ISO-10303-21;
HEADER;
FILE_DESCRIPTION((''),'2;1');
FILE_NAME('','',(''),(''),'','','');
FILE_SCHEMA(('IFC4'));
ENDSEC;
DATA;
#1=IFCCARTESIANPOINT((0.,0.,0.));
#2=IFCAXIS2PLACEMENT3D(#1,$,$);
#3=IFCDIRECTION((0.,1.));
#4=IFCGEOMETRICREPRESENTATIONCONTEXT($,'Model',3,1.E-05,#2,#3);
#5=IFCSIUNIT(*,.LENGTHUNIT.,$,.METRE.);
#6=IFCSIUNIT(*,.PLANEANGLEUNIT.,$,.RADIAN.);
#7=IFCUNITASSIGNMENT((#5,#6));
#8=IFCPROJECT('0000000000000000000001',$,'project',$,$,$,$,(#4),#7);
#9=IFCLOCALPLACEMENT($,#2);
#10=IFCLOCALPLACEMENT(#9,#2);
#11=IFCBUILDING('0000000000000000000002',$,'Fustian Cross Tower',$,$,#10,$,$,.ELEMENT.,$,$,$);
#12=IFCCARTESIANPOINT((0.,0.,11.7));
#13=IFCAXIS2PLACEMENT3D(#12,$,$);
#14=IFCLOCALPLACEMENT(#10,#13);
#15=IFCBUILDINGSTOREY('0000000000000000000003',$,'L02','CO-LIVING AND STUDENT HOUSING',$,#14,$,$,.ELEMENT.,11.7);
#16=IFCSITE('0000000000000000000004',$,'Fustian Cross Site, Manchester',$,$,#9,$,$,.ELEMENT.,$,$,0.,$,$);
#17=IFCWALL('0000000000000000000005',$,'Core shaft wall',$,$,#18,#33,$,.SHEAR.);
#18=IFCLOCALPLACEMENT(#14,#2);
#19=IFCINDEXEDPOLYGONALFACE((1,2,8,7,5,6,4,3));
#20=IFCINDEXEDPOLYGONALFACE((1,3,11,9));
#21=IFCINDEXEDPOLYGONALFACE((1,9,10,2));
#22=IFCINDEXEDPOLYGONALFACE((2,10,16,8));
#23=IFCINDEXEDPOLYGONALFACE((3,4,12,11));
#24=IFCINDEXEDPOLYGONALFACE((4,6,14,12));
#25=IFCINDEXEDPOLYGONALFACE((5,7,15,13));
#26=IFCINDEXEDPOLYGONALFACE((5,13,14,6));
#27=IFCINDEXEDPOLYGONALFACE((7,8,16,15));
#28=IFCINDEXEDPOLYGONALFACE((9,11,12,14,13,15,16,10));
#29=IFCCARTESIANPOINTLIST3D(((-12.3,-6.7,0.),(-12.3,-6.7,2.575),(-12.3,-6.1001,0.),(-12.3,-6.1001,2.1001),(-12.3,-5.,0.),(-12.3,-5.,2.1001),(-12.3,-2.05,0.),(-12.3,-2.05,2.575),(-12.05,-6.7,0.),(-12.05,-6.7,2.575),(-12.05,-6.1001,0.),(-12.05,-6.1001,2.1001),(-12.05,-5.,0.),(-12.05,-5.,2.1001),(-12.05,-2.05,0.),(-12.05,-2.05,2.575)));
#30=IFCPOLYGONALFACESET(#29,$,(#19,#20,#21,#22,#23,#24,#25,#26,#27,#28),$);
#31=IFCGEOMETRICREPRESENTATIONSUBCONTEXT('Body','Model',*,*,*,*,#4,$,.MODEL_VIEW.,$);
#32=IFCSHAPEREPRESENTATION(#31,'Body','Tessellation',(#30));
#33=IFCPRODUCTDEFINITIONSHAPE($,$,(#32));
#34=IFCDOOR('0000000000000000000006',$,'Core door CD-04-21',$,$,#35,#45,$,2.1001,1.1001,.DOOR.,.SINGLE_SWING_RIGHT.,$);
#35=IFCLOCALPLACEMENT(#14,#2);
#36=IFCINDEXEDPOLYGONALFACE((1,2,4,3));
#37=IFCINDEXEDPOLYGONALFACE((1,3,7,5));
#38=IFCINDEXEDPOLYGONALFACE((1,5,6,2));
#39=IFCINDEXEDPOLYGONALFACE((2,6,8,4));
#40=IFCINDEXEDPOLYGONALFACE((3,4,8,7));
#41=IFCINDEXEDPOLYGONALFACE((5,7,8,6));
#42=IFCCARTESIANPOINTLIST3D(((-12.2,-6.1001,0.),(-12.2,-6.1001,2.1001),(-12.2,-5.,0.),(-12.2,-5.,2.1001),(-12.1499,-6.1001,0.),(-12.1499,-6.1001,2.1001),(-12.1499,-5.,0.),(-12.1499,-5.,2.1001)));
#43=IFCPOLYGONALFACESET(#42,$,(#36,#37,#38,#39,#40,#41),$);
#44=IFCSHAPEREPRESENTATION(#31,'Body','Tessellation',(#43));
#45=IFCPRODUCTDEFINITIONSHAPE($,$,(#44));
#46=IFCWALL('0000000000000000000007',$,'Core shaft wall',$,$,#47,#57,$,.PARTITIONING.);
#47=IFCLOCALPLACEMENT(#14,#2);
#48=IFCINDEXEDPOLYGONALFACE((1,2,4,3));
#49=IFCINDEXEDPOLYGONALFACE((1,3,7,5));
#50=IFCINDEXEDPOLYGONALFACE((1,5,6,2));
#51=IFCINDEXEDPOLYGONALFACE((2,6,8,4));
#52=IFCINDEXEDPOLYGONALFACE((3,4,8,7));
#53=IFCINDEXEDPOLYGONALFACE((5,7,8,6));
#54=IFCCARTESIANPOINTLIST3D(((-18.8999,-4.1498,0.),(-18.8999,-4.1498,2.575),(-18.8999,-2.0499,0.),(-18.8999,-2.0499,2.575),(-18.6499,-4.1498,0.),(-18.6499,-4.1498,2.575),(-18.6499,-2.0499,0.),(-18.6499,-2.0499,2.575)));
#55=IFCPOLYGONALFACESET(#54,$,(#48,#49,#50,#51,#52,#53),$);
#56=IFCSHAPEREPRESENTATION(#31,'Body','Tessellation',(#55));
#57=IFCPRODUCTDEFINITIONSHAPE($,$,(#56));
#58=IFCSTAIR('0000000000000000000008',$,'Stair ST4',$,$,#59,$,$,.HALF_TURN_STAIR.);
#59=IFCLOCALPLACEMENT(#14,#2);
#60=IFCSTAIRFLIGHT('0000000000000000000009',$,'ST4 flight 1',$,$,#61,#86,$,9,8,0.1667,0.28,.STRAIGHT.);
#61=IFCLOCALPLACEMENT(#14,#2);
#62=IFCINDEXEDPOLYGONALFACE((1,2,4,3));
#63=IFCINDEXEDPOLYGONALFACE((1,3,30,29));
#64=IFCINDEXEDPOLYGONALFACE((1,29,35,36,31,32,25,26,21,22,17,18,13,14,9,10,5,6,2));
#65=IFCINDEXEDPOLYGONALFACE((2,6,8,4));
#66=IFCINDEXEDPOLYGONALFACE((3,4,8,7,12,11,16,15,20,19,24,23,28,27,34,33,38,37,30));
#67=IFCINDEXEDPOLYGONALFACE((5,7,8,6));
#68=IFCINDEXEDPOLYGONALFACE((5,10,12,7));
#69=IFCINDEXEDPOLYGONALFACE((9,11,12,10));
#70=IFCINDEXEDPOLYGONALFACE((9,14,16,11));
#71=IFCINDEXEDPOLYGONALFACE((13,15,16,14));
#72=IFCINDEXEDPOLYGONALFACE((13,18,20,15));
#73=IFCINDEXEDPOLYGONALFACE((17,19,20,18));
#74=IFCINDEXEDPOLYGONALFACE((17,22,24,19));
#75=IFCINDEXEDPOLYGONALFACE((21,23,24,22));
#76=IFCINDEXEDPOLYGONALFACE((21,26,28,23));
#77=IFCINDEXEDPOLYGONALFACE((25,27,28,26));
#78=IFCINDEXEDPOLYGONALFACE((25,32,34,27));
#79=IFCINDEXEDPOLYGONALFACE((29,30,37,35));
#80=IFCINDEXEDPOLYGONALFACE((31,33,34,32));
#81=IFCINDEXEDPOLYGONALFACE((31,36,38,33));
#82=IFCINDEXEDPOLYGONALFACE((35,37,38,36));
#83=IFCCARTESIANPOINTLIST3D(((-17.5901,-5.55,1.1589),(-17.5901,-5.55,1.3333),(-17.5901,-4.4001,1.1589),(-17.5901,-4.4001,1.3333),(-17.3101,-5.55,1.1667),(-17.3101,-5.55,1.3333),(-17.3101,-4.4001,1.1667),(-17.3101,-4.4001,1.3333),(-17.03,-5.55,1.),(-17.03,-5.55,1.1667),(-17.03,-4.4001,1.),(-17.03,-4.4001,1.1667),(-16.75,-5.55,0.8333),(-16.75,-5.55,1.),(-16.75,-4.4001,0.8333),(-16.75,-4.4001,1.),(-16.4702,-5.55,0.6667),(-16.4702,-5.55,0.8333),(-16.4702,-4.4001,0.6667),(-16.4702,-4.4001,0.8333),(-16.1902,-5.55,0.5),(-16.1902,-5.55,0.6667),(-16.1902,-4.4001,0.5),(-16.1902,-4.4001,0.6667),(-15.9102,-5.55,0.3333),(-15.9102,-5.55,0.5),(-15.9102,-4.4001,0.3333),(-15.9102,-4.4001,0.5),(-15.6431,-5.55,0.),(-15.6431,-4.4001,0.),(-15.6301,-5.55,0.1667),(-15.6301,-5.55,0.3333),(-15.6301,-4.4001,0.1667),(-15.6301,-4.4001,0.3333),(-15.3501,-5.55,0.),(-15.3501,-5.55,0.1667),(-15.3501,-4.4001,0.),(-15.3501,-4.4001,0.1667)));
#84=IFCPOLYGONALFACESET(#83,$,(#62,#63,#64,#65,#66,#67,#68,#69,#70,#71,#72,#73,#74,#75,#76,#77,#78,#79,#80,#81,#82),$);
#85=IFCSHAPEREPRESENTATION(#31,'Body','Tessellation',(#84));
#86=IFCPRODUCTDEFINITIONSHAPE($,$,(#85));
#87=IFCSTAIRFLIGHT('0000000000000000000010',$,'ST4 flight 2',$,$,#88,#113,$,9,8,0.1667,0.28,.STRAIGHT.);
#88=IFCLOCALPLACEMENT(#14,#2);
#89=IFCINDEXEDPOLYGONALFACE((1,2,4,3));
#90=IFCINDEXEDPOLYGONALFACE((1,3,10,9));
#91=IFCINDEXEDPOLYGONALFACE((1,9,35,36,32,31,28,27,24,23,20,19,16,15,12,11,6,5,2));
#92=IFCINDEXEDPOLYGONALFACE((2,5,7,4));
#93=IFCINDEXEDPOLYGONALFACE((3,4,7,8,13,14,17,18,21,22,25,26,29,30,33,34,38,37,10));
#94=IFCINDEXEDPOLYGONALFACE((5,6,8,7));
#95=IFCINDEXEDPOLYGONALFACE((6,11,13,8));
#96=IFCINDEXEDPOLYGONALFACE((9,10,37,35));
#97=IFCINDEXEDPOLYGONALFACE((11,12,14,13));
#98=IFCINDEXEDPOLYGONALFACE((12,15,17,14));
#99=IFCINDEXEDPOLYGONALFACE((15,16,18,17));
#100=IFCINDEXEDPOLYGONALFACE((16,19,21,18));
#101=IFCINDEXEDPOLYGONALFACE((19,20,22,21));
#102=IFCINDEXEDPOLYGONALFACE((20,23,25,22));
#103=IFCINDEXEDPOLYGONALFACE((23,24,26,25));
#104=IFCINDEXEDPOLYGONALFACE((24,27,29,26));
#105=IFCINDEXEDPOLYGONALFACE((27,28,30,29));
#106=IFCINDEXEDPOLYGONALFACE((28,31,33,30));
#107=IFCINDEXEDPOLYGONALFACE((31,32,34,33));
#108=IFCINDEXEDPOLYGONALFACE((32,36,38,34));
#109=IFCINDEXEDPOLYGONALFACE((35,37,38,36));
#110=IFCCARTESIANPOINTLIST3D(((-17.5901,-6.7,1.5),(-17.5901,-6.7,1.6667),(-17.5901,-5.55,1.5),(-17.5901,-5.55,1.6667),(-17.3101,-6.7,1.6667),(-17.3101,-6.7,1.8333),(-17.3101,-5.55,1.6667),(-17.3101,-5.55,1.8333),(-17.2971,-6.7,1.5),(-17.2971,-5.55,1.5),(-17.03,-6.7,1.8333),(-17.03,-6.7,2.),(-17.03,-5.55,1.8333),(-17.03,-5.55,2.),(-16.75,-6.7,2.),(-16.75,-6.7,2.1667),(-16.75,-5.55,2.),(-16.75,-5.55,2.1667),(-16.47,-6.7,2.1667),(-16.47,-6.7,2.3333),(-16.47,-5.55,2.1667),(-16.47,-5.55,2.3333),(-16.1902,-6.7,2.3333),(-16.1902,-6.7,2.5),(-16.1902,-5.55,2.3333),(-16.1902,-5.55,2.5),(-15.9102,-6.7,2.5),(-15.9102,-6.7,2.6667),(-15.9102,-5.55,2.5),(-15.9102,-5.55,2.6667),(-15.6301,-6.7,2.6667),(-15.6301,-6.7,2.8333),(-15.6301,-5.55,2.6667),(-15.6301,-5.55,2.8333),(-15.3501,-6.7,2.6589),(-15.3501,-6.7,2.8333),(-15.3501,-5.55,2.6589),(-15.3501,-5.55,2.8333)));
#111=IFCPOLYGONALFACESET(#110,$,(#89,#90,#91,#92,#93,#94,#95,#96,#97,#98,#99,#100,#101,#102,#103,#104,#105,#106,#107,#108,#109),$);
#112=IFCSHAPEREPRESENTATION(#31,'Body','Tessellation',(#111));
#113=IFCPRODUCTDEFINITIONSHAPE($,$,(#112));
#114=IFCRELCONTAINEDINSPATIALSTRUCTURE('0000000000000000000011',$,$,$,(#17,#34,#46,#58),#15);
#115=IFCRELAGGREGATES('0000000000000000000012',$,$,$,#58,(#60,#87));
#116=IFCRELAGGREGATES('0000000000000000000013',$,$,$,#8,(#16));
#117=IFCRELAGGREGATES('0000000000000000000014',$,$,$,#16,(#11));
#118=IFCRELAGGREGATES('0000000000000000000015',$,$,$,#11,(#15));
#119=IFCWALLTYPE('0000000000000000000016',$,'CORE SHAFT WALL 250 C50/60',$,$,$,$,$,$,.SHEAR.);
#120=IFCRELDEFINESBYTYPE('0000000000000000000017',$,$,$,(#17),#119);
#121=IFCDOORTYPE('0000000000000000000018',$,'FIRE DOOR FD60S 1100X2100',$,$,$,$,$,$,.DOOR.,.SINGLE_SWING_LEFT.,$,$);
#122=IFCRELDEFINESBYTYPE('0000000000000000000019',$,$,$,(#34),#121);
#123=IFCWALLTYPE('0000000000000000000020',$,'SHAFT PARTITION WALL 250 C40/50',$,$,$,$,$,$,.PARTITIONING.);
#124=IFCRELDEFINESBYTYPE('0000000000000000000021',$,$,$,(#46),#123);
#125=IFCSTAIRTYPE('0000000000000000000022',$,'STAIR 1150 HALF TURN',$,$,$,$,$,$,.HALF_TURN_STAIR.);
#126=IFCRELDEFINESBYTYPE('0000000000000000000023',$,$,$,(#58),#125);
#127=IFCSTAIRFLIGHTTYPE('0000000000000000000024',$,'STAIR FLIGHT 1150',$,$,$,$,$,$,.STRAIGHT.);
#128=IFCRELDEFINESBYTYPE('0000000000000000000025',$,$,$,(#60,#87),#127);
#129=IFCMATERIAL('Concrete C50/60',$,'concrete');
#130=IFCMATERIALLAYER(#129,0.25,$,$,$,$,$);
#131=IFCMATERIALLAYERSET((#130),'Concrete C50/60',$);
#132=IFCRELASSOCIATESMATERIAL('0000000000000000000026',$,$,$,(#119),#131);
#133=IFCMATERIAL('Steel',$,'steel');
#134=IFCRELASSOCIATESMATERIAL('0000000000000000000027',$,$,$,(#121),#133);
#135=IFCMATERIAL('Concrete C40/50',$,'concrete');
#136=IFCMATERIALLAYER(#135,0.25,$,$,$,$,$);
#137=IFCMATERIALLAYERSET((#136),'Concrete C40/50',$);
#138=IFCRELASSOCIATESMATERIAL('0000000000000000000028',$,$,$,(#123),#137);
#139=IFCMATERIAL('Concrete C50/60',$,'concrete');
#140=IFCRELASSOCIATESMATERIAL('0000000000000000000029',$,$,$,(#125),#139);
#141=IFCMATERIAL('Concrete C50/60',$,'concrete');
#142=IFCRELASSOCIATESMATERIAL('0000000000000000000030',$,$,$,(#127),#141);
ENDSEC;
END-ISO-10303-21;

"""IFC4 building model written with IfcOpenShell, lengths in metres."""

from ifc_helpers import new_model, si_unit, direction, frame, frame_2d, origin, place, context, subcontext, project, spatial, polyline, rectangle, outline, extrude, material, layer, layer_set, type_object, element, fill, aggregate, save


model = new_model("IFC4")

# Units and contexts
model_context = context("Model", 3, precision=1e-05, world=origin(), true_north=direction((0.0, 1.0)))
body_context = subcontext(model_context, "Body", "Model", "MODEL_VIEW")
ifc_project = project(units=[si_unit("LENGTHUNIT", "METRE"), si_unit("PLANEANGLEUNIT", "RADIAN")], contexts=[model_context])

# Site, building, storey
site_placement = place(None, origin())
site = spatial("IfcSite", under=ifc_project, at=site_placement, Name="Fustian Cross Site, Manchester", CompositionType="ELEMENT", RefElevation=0.0)
building_placement = place(site_placement, origin())
building = spatial("IfcBuilding", under=site, at=building_placement, Name="Fustian Cross Tower", CompositionType="ELEMENT")
storey_placement = place(building_placement, frame((0.0, 0.0, 11.7)))
storey = spatial("IfcBuildingStorey", under=building, at=storey_placement, Name="L02", Description="CO-LIVING AND STUDENT HOUSING", CompositionType="ELEMENT", Elevation=11.7)

# Shared definitions
ifc_material_1 = material(Name="Concrete C50/60", Category="concrete")
ifc_layer_1 = layer(ifc_material_1, 0.25)
ifc_layer_set_1 = layer_set([ifc_layer_1], Name="Concrete C50/60")
wall_type_1 = type_object("IfcWallType", Name="CORE SHAFT WALL 250 C50/60", PredefinedType="SHEAR", material=ifc_layer_set_1)

# Wall, opening, door
wall_1_placement = place(storey_placement, frame((-12.175, -2.05, 0.0), z_axis=(0.0, 0.0, 1.0), x_axis=(0.0, -1.0, 0.0)))
wall_1 = element("IfcWall", 1, at=wall_1_placement, inside=storey, type_object=wall_type_1, Name="Core shaft wall", PredefinedType="SHEAR", context=body_context, shape_type="SweptSolid", body=[
    extrude(rectangle(XDim=4.6499, YDim=0.25, at=frame_2d((2.325, 0.0))), origin(), (0.0, 0.0, 1.0), 2.575),
])
opening_1_placement = place(wall_1_placement, frame((2.95, 0.0, 0.0)))
opening_1 = element("IfcOpeningElement", 2, at=opening_1_placement, cuts=wall_1, PredefinedType="OPENING", context=body_context, shape_type="SweptSolid", body=[
    extrude(rectangle(XDim=1.1001, YDim=2.1001, at=frame_2d((0.55, 1.05))), frame((0.0, 0.135, 0.0), z_axis=(0.0, -1.0, 0.0), x_axis=(1.0, 0.0, 0.0)), (0.0, 0.0, 1.0), 0.27),
])
ifc_material_2 = material(Name="Steel", Category="steel")
door_type_1 = type_object("IfcDoorType", Name="FIRE DOOR FD60S 1100X2100", OperationType="SINGLE_SWING_LEFT", PredefinedType="DOOR", material=ifc_material_2)
door_1_placement = place(opening_1_placement, frame((1.1001, 0.0, 0.0), z_axis=(0.0, 0.0, 1.0), x_axis=(-1.0, 0.0, 0.0)))
door_1 = element("IfcDoor", 3, at=door_1_placement, inside=storey, type_object=door_type_1, Name="Core door CD-04-21", OperationType="SINGLE_SWING_RIGHT", OverallHeight=2.1001, OverallWidth=1.1001, PredefinedType="DOOR", context=body_context, shape_type="SweptSolid", body=[
    extrude(rectangle(XDim=1.1001, YDim=2.1001, at=frame_2d((0.55, 1.05))), frame((0.0, 0.0249, 0.0), z_axis=(0.0, -1.0, 0.0), x_axis=(1.0, 0.0, 0.0)), (0.0, 0.0, 1.0), 0.05),
])
fill(opening_1, door_1)

# Wall
ifc_material_3 = material(Name="Concrete C40/50", Category="concrete")
ifc_layer_2 = layer(ifc_material_3, 0.25)
ifc_layer_set_2 = layer_set([ifc_layer_2], Name="Concrete C40/50")
wall_type_2 = type_object("IfcWallType", Name="SHAFT PARTITION WALL 250 C40/50", PredefinedType="PARTITIONING", material=ifc_layer_set_2)
wall_2_placement = place(storey_placement, frame((-18.7749, -2.05, 0.0), z_axis=(0.0, 0.0, 1.0), x_axis=(0.0, -1.0, 0.0)))
element("IfcWall", 4, at=wall_2_placement, inside=storey, type_object=wall_type_2, Name="Core shaft wall", PredefinedType="PARTITIONING", context=body_context, shape_type="SweptSolid", body=[
    extrude(rectangle(XDim=2.0999, YDim=0.25, at=frame_2d((1.0498, 0.0))), origin(), (0.0, 0.0, 1.0), 2.575),
])

# Stair, stair flights
ifc_material_4 = material(Name="Concrete C50/60", Category="concrete")
stair_type = type_object("IfcStairType", Name="STAIR 1150 HALF TURN", PredefinedType="HALF_TURN_STAIR", material=ifc_material_4)
stair_placement = place(storey_placement, origin())
stair = element("IfcStair", 5, at=stair_placement, inside=storey, type_object=stair_type, Name="Stair ST4", PredefinedType="HALF_TURN_STAIR")
ifc_material_5 = material(Name="Concrete C50/60", Category="concrete")
stair_flight_type = type_object("IfcStairFlightType", Name="STAIR FLIGHT 1150", PredefinedType="STRAIGHT", material=ifc_material_5)
stair_flight_1_placement = place(storey_placement, frame((-15.3501, -4.9751, 0.0), z_axis=(0.0, 0.0, 1.0), x_axis=(-1.0, 0.0, 0.0)))
stair_flight_1 = element("IfcStairFlight", 6, at=stair_flight_1_placement, type_object=stair_flight_type, Name="ST4 flight 1", NumberOfRisers=9, NumberOfTreads=8, PredefinedType="STRAIGHT", RiserHeight=0.1667, TreadLength=0.28, context=body_context, shape_type="SweptSolid", body=[
    extrude(outline(polyline([(0.0, 0.0), (0.0, 0.1667), (0.28, 0.1667), (0.28, 0.3333), (0.5601, 0.3333), (0.5601, 0.5), (0.8401, 0.5), (0.8401, 0.6667), (1.1201, 0.6667), (1.1201, 0.8333), (1.3999, 0.8333), (1.3999, 1.0), (1.6799, 1.0), (1.6799, 1.1667), (1.96, 1.1667), (1.96, 1.3333), (2.24, 1.3333), (2.24, 1.5), (2.24, 1.1589), (0.293, 0.0), (0.0, 0.0)])), frame((0.0, 0.575, 0.0), z_axis=(0.0, -1.0, 0.0), x_axis=(1.0, 0.0, 0.0)), (0.0, 0.0, 1.0), 1.1499),
])
stair_flight_2_placement = place(storey_placement, frame((-17.5901, -6.125, 1.5), z_axis=(0.0, 0.0, 1.0), x_axis=(1.0, 0.0, 0.0)))
stair_flight_2 = element("IfcStairFlight", 7, at=stair_flight_2_placement, type_object=stair_flight_type, Name="ST4 flight 2", NumberOfRisers=9, NumberOfTreads=8, PredefinedType="STRAIGHT", RiserHeight=0.1667, TreadLength=0.28, context=body_context, shape_type="SweptSolid", body=[
    extrude(outline(polyline([(0.0, 0.0), (0.0, 0.1667), (0.28, 0.1667), (0.28, 0.3333), (0.5601, 0.3333), (0.5601, 0.5), (0.8401, 0.5), (0.8401, 0.6667), (1.1201, 0.6667), (1.1201, 0.8333), (1.3999, 0.8333), (1.3999, 1.0), (1.6799, 1.0), (1.6799, 1.1667), (1.96, 1.1667), (1.96, 1.3333), (2.24, 1.3333), (2.24, 1.5), (2.24, 1.1589), (0.293, 0.0), (0.0, 0.0)])), frame((0.0, 0.575, 0.0), z_axis=(0.0, -1.0, 0.0), x_axis=(1.0, 0.0, 0.0)), (0.0, 0.0, 1.0), 1.1499),
])
aggregate(stair, [stair_flight_1, stair_flight_2])

save(model, "model.ifc")
